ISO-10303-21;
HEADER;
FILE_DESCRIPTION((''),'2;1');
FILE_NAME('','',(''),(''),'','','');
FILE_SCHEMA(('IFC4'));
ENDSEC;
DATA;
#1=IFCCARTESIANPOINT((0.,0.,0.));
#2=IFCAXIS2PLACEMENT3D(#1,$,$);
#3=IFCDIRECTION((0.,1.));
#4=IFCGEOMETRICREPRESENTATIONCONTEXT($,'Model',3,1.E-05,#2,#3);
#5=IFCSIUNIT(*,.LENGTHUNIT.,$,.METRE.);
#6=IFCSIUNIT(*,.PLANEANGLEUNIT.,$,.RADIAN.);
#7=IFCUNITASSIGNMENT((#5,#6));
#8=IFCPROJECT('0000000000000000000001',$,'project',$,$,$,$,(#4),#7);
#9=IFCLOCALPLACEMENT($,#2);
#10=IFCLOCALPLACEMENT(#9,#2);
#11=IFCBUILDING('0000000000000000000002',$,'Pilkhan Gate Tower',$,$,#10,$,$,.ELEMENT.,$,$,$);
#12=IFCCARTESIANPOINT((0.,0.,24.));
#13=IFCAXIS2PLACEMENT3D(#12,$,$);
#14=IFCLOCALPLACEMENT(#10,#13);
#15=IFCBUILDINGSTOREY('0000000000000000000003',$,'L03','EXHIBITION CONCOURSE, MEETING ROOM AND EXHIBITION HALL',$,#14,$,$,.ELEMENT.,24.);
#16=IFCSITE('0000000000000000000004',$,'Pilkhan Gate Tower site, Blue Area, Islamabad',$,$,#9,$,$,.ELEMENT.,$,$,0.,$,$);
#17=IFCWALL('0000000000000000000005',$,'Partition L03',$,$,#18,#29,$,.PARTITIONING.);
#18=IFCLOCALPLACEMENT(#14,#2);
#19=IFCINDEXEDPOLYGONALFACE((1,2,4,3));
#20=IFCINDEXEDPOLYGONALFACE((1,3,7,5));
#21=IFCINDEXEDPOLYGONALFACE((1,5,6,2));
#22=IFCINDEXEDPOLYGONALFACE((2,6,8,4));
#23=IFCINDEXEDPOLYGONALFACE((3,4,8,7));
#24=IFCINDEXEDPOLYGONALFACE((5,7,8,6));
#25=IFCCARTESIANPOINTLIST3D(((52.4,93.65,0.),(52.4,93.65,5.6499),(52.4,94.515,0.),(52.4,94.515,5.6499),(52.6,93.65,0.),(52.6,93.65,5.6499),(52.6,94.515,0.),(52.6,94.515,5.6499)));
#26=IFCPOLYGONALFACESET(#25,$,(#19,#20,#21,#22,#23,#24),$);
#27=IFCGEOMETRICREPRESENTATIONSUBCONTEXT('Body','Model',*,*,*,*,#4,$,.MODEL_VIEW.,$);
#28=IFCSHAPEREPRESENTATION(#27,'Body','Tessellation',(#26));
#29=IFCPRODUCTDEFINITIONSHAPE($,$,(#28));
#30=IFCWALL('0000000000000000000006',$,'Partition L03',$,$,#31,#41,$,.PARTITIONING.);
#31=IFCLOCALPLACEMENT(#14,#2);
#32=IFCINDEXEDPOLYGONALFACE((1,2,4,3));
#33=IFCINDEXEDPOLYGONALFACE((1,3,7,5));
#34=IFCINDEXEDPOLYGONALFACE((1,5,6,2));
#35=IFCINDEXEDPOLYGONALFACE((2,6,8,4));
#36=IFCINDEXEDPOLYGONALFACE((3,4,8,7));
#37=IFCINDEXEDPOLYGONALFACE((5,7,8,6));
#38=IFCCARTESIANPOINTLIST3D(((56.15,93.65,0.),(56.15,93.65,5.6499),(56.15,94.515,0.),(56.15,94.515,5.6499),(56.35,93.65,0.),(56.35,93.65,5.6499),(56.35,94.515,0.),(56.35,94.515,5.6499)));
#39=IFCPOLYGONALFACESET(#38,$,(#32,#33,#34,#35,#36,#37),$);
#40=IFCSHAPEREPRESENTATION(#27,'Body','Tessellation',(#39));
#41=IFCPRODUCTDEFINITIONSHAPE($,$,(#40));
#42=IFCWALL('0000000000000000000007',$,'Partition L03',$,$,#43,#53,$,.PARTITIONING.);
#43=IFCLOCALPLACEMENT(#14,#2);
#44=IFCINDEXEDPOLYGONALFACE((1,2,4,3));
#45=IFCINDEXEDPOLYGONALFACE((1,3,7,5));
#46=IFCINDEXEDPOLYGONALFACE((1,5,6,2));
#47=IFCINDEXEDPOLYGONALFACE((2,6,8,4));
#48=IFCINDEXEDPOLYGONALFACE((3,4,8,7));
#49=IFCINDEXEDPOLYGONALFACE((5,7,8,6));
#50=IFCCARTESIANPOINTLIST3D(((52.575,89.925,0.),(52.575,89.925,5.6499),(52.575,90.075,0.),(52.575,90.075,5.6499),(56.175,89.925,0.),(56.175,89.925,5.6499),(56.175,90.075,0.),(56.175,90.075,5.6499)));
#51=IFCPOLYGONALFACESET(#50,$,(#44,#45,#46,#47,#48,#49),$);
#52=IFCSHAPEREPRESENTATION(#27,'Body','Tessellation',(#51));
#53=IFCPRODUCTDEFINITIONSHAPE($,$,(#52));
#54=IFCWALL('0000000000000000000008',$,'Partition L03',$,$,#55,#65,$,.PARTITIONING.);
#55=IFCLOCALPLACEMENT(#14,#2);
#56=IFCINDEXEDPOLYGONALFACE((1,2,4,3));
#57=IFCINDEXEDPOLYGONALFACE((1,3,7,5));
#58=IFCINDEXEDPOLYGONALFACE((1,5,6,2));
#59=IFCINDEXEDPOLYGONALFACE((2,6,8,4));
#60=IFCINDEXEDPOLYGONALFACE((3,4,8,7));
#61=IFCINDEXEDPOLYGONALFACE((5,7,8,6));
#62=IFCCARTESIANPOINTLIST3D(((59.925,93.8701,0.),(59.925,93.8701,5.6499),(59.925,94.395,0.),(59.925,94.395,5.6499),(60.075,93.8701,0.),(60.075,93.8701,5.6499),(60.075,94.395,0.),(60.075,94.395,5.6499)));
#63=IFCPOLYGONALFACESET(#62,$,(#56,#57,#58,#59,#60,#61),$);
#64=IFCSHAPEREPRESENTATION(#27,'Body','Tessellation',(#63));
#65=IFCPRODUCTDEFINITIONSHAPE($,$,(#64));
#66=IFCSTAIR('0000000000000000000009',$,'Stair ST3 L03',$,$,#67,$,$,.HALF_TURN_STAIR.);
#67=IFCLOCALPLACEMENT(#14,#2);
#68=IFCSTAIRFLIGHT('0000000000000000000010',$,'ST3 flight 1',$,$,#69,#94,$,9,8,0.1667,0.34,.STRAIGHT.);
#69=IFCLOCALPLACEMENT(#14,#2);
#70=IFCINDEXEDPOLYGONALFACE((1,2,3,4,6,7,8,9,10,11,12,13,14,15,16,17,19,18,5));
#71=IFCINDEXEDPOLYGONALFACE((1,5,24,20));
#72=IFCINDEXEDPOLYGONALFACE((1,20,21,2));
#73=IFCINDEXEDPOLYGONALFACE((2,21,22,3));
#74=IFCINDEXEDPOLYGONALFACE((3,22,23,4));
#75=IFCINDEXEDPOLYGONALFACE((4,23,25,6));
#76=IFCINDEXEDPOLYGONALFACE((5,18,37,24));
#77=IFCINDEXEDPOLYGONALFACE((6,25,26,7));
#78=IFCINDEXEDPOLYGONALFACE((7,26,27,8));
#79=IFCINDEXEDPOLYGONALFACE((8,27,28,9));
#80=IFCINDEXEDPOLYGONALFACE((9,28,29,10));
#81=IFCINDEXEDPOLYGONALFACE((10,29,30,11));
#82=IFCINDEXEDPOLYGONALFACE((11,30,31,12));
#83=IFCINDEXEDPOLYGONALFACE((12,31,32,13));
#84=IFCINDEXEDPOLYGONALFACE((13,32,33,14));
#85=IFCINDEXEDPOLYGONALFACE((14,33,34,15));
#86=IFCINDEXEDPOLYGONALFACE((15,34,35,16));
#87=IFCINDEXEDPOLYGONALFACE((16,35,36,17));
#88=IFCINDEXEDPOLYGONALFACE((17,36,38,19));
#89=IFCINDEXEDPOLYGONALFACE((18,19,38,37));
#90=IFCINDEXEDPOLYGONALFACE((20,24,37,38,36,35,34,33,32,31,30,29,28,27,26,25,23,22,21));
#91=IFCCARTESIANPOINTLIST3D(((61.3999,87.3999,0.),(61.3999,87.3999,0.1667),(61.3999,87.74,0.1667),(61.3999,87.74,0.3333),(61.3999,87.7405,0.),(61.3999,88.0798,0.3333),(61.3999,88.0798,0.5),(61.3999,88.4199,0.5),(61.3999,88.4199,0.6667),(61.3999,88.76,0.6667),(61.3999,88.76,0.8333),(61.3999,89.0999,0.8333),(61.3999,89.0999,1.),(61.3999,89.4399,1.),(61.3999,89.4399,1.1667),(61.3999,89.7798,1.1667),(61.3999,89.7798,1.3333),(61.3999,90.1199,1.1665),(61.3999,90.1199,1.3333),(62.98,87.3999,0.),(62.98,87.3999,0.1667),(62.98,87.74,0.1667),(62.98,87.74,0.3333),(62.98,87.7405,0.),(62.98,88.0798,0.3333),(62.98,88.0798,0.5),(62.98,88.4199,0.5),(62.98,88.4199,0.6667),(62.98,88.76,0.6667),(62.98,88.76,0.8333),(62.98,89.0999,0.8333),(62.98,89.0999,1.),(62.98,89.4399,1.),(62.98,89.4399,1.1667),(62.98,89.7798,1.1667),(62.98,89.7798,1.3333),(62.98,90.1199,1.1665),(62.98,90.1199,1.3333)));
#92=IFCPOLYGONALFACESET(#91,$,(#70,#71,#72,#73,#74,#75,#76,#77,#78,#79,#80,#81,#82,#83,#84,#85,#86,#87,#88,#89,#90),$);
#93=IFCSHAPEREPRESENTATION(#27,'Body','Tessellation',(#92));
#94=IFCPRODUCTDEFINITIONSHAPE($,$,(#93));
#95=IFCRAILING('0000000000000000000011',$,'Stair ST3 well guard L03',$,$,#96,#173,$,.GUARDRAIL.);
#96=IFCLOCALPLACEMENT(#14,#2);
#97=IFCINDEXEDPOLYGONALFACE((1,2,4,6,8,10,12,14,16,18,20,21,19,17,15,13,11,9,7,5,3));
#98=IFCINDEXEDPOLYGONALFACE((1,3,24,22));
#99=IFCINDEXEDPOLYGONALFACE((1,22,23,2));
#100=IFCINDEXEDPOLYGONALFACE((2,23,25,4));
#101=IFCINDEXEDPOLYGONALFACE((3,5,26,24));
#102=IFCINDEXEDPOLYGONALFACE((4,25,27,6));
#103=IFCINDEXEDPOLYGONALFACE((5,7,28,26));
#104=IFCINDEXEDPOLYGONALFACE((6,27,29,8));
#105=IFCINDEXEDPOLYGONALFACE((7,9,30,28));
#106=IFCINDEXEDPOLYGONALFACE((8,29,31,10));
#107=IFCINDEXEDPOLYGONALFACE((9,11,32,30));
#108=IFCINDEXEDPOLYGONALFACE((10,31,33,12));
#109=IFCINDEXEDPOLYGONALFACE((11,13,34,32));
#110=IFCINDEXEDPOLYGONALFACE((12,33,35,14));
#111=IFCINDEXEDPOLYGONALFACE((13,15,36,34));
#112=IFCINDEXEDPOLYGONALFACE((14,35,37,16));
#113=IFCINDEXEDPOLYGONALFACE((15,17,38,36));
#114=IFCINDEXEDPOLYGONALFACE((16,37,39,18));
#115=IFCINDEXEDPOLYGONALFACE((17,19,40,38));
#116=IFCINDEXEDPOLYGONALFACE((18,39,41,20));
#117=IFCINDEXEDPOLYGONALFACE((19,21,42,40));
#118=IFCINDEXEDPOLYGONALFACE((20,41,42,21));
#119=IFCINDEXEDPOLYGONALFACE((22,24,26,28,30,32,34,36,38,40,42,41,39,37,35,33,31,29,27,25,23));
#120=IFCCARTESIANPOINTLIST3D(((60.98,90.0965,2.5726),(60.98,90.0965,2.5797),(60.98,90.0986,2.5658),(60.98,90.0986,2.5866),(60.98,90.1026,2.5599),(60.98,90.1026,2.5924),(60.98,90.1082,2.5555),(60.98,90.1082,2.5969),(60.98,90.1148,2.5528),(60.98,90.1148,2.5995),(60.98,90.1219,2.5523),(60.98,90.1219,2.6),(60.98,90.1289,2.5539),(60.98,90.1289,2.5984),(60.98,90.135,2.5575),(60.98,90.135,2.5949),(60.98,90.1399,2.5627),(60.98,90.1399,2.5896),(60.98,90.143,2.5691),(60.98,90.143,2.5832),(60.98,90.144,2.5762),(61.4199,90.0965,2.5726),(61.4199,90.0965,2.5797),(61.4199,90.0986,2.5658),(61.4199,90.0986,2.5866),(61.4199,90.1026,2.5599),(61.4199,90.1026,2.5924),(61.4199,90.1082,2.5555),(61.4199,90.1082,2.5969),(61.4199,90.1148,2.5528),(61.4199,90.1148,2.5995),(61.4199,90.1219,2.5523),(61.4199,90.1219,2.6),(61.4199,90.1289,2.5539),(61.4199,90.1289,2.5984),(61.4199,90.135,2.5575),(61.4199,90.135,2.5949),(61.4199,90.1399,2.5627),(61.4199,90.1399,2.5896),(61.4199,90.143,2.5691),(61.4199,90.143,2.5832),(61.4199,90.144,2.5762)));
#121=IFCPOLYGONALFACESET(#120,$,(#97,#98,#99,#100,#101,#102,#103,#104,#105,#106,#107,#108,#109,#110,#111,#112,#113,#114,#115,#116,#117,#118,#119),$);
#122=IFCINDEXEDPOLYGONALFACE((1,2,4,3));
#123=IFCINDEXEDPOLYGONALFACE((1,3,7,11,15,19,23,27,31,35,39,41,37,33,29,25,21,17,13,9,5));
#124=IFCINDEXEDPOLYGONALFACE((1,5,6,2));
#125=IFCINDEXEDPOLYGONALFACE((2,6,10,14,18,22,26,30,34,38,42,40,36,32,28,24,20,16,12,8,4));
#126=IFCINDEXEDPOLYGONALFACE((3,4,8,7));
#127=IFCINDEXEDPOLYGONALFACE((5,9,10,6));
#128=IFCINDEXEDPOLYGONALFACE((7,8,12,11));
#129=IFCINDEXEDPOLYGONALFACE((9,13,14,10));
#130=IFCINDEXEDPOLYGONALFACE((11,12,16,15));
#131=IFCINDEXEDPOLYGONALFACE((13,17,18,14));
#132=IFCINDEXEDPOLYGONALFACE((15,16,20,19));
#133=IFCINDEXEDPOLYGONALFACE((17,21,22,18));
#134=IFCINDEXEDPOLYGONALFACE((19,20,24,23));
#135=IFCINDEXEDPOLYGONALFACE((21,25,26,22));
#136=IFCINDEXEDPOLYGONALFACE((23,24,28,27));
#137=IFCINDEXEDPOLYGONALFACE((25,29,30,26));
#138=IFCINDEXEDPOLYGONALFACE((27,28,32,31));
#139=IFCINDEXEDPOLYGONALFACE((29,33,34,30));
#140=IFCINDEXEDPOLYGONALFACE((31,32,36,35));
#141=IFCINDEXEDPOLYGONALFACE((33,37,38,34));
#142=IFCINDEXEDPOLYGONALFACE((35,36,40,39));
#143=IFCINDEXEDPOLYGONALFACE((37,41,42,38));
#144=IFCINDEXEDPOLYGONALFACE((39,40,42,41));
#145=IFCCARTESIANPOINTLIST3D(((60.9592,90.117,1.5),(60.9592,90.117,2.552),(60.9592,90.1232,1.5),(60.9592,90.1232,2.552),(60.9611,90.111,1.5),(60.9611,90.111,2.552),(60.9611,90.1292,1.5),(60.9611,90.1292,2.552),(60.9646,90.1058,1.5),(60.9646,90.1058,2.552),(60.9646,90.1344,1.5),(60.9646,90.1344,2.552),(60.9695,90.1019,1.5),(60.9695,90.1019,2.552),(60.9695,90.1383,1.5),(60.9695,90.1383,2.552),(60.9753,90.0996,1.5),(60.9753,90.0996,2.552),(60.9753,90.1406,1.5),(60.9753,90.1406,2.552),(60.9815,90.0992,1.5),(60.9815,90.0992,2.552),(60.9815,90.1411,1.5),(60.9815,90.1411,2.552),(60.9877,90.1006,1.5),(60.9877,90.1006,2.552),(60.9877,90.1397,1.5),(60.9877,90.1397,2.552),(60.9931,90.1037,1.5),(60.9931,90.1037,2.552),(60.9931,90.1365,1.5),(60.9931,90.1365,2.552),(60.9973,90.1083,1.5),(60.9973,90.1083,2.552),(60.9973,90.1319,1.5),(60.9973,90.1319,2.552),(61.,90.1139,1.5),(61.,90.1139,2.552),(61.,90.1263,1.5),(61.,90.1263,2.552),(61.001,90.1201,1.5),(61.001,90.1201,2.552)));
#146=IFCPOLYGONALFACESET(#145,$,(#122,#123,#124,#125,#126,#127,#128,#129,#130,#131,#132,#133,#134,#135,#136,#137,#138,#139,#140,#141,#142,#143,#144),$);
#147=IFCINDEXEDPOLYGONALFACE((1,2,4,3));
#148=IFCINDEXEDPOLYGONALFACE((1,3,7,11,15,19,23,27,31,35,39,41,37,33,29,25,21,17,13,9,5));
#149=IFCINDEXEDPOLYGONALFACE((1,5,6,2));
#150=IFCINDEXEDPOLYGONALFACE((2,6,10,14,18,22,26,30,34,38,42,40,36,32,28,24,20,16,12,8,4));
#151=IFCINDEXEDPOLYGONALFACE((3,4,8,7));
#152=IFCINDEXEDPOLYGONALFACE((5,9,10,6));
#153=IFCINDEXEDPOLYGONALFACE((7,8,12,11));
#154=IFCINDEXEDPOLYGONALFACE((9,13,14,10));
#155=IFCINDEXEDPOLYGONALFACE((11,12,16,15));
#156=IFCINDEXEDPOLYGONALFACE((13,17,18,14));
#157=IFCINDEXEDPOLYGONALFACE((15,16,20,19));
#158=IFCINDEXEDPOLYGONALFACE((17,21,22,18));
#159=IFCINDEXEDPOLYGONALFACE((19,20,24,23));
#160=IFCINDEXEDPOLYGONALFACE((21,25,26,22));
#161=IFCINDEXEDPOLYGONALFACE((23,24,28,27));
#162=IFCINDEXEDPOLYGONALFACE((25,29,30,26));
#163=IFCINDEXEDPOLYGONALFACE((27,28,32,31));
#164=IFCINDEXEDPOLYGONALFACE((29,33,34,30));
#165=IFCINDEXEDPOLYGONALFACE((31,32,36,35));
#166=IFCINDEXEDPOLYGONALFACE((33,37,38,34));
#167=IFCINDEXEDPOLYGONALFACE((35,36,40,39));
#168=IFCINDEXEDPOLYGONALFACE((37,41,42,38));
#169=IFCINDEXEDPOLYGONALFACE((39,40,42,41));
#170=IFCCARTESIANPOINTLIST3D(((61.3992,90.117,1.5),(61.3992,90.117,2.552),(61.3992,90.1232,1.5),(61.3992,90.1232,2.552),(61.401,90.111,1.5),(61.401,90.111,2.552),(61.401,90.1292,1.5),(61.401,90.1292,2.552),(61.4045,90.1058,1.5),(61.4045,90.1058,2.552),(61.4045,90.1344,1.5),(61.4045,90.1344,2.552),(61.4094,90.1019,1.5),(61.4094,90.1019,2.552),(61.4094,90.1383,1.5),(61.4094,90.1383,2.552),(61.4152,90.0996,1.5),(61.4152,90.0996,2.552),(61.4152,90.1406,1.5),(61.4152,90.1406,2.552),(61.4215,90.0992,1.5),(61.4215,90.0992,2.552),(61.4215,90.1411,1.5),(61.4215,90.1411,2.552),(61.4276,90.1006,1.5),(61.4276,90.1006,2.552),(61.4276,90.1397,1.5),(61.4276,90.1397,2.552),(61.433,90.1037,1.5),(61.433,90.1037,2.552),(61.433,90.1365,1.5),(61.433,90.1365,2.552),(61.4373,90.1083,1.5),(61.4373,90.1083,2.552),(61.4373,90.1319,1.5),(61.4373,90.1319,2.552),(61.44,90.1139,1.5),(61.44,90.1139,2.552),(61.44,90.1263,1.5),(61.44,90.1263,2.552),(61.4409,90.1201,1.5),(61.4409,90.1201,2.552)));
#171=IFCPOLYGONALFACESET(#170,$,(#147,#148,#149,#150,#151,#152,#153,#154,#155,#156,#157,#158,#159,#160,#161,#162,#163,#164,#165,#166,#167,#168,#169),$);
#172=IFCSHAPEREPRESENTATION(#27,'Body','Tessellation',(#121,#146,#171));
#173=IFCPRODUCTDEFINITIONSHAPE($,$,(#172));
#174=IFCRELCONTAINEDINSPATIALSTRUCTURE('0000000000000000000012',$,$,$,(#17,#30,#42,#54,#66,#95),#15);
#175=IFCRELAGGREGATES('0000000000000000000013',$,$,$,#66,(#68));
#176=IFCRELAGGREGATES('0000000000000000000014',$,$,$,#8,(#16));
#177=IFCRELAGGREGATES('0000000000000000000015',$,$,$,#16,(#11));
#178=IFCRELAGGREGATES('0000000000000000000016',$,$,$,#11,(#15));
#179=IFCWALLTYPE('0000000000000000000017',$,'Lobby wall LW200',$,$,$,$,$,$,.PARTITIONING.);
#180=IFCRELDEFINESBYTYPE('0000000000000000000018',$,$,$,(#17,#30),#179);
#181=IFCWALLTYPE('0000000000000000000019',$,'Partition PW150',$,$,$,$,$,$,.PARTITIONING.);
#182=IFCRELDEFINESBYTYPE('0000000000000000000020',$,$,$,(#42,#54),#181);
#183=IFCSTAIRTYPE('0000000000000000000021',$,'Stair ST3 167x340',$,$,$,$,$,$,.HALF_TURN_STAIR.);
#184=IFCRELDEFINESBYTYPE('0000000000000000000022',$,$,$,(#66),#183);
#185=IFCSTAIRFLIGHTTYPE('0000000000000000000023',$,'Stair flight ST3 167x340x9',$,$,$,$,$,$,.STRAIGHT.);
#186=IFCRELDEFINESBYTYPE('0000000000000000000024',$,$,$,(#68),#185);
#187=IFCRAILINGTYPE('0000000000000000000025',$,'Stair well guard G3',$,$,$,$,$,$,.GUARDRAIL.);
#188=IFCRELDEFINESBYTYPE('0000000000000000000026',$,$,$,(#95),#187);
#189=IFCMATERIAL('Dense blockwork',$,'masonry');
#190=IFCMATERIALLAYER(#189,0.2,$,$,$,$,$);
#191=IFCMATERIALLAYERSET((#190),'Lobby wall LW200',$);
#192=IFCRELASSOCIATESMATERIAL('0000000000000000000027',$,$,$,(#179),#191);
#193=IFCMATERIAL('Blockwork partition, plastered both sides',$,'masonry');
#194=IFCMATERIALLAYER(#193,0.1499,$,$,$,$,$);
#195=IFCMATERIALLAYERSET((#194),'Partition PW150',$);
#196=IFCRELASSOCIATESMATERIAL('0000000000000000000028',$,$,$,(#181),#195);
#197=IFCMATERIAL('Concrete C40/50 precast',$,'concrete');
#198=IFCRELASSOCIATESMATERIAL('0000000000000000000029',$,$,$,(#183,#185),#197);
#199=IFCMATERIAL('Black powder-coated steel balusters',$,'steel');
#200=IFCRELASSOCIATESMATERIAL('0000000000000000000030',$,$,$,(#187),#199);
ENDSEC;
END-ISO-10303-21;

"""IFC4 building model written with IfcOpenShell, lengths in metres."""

from ifc_helpers import new_model, si_unit, direction, frame, frame_2d, origin, origin_2d, place, context, subcontext, project, spatial, polyline, rectangle, circle, outline, extrude, material, layer, layer_set, type_object, element, aggregate, save


model = new_model("IFC4")

# Units and contexts
model_context = context("Model", 3, precision=1e-05, world=origin(), true_north=direction((0.0, 1.0)))
body_context = subcontext(model_context, "Body", "Model", "MODEL_VIEW")
ifc_project = project(units=[si_unit("LENGTHUNIT", "METRE"), si_unit("PLANEANGLEUNIT", "RADIAN")], contexts=[model_context])

# Site, building, storey
site_placement = place(None, origin())
site = spatial("IfcSite", under=ifc_project, at=site_placement, Name="Pilkhan Gate Tower site, Blue Area, Islamabad", CompositionType="ELEMENT", RefElevation=0.0)
building_placement = place(site_placement, origin())
building = spatial("IfcBuilding", under=site, at=building_placement, Name="Pilkhan Gate Tower", CompositionType="ELEMENT")
storey_placement = place(building_placement, frame((0.0, 0.0, 24.0)))
storey = spatial("IfcBuildingStorey", under=building, at=storey_placement, Name="L03", Description="EXHIBITION CONCOURSE, MEETING ROOM AND EXHIBITION HALL", CompositionType="ELEMENT", Elevation=24.0)

# Walls
ifc_material_1 = material(Name="Dense blockwork", Category="masonry")
ifc_layer_1 = layer(ifc_material_1, 0.2)
ifc_layer_set_1 = layer_set([ifc_layer_1], Name="Lobby wall LW200")
wall_type_1 = type_object("IfcWallType", Name="Lobby wall LW200", PredefinedType="PARTITIONING", material=ifc_layer_set_1)
for number, where, z_axis, x_axis, name in (
    (1, (52.5, 93.6499, 0.0), (0.0, 0.0, 1.0), (0.0, 1.0, 0.0), "Partition L03"),
    (2, (56.25, 93.6499, 0.0), (0.0, 0.0, 1.0), (0.0, 1.0, 0.0), "Partition L03"),
):
    element("IfcWall", number, at=place(storey_placement, frame(where, z_axis=z_axis, x_axis=x_axis)), inside=storey, type_object=wall_type_1, Name=name, PredefinedType="PARTITIONING", context=body_context, shape_type="SweptSolid", body=[
        extrude(rectangle(XDim=0.865, YDim=0.2, at=frame_2d((0.4326, 0.0))), origin(), (0.0, 0.0, 1.0), 5.6499),
    ])
ifc_material_2 = material(Name="Blockwork partition, plastered both sides", Category="masonry")
ifc_layer_2 = layer(ifc_material_2, 0.1499)
ifc_layer_set_2 = layer_set([ifc_layer_2], Name="Partition PW150")
wall_type_2 = type_object("IfcWallType", Name="Partition PW150", PredefinedType="PARTITIONING", material=ifc_layer_set_2)
wall_1_placement = place(storey_placement, frame((52.575, 90.0, 0.0), z_axis=(0.0, 0.0, 1.0), x_axis=(1.0, 0.0, 0.0)))
element("IfcWall", 3, at=wall_1_placement, inside=storey, type_object=wall_type_2, Name="Partition L03", PredefinedType="PARTITIONING", context=body_context, shape_type="SweptSolid", body=[
    extrude(rectangle(XDim=3.6001, YDim=0.1499, at=frame_2d((1.8, 0.0))), origin(), (0.0, 0.0, 1.0), 5.6499),
])
wall_2_placement = place(storey_placement, frame((60.0, 93.8701, 0.0), z_axis=(0.0, 0.0, 1.0), x_axis=(0.0, 1.0, 0.0)))
element("IfcWall", 4, at=wall_2_placement, inside=storey, type_object=wall_type_2, Name="Partition L03", PredefinedType="PARTITIONING", context=body_context, shape_type="SweptSolid", body=[
    extrude(rectangle(XDim=0.5249, YDim=0.1499, at=frame_2d((0.2625, 0.0))), origin(), (0.0, 0.0, 1.0), 5.6499),
])

# Stair, stair flight
ifc_material_3 = material(Name="Concrete C40/50 precast", Category="concrete")
stair_type = type_object("IfcStairType", Name="Stair ST3 167x340", PredefinedType="HALF_TURN_STAIR", material=ifc_material_3)
stair_placement = place(storey_placement, origin())
stair = element("IfcStair", 5, at=stair_placement, inside=storey, type_object=stair_type, Name="Stair ST3 L03", PredefinedType="HALF_TURN_STAIR")
stair_flight_type = type_object("IfcStairFlightType", Name="Stair flight ST3 167x340x9", PredefinedType="STRAIGHT", material=ifc_material_3)
stair_flight_placement = place(storey_placement, frame((62.1899, 87.3999, 0.0), z_axis=(0.0, 0.0, 1.0), x_axis=(0.0, 1.0, 0.0)))
stair_flight = element("IfcStairFlight", 6, at=stair_flight_placement, type_object=stair_flight_type, Name="ST3 flight 1", NumberOfRisers=9, NumberOfTreads=8, PredefinedType="STRAIGHT", RiserHeight=0.1667, TreadLength=0.34, context=body_context, shape_type="SweptSolid", body=[
    extrude(outline(polyline([(0.0, 0.0), (0.0, 0.1667), (0.3401, 0.1667), (0.3401, 0.3333), (0.6799, 0.3333), (0.6799, 0.5), (1.02, 0.5), (1.02, 0.6667), (1.3601, 0.6667), (1.3601, 0.8333), (1.7, 0.8333), (1.7, 1.0), (2.04, 1.0), (2.04, 1.1667), (2.3799, 1.1667), (2.3799, 1.3333), (2.72, 1.3333), (2.72, 1.5), (2.72, 1.1665), (0.3406, 0.0), (0.0, 0.0)])), frame((0.0, 0.79, 0.0), z_axis=(0.0, -1.0, 0.0), x_axis=(1.0, 0.0, 0.0)), (0.0, 0.0, 1.0), 1.5801),
])
aggregate(stair, [stair_flight])

# Railing
ifc_material_4 = material(Name="Black powder-coated steel balusters", Category="steel")
railing_type = type_object("IfcRailingType", Name="Stair well guard G3", PredefinedType="GUARDRAIL", material=ifc_material_4)
for number, where, name in (
    (7, (60.98, 90.1201, 1.5), "Stair ST3 well guard L03"),
):
    element("IfcRailing", number, at=place(storey_placement, frame(where)), inside=storey, type_object=railing_type, Name=name, PredefinedType="GUARDRAIL", context=body_context, shape_type="SweptSolid", body=[
        extrude(circle(Radius=0.0239, at=origin_2d()), frame((0.0, 0.0, 1.0762), z_axis=(1.0, 0.0, 0.0), x_axis=(0.0, 1.0, 0.0)), (0.0, 0.0, 1.0), 0.4399),
        extrude(circle(Radius=0.021, at=origin_2d()), origin(), (0.0, 0.0, 1.0), 1.052),
        extrude(circle(Radius=0.021, at=origin_2d()), frame((0.4399, 0.0, 0.0)), (0.0, 0.0, 1.0), 1.052),
    ])

save(model, "model.ifc")
